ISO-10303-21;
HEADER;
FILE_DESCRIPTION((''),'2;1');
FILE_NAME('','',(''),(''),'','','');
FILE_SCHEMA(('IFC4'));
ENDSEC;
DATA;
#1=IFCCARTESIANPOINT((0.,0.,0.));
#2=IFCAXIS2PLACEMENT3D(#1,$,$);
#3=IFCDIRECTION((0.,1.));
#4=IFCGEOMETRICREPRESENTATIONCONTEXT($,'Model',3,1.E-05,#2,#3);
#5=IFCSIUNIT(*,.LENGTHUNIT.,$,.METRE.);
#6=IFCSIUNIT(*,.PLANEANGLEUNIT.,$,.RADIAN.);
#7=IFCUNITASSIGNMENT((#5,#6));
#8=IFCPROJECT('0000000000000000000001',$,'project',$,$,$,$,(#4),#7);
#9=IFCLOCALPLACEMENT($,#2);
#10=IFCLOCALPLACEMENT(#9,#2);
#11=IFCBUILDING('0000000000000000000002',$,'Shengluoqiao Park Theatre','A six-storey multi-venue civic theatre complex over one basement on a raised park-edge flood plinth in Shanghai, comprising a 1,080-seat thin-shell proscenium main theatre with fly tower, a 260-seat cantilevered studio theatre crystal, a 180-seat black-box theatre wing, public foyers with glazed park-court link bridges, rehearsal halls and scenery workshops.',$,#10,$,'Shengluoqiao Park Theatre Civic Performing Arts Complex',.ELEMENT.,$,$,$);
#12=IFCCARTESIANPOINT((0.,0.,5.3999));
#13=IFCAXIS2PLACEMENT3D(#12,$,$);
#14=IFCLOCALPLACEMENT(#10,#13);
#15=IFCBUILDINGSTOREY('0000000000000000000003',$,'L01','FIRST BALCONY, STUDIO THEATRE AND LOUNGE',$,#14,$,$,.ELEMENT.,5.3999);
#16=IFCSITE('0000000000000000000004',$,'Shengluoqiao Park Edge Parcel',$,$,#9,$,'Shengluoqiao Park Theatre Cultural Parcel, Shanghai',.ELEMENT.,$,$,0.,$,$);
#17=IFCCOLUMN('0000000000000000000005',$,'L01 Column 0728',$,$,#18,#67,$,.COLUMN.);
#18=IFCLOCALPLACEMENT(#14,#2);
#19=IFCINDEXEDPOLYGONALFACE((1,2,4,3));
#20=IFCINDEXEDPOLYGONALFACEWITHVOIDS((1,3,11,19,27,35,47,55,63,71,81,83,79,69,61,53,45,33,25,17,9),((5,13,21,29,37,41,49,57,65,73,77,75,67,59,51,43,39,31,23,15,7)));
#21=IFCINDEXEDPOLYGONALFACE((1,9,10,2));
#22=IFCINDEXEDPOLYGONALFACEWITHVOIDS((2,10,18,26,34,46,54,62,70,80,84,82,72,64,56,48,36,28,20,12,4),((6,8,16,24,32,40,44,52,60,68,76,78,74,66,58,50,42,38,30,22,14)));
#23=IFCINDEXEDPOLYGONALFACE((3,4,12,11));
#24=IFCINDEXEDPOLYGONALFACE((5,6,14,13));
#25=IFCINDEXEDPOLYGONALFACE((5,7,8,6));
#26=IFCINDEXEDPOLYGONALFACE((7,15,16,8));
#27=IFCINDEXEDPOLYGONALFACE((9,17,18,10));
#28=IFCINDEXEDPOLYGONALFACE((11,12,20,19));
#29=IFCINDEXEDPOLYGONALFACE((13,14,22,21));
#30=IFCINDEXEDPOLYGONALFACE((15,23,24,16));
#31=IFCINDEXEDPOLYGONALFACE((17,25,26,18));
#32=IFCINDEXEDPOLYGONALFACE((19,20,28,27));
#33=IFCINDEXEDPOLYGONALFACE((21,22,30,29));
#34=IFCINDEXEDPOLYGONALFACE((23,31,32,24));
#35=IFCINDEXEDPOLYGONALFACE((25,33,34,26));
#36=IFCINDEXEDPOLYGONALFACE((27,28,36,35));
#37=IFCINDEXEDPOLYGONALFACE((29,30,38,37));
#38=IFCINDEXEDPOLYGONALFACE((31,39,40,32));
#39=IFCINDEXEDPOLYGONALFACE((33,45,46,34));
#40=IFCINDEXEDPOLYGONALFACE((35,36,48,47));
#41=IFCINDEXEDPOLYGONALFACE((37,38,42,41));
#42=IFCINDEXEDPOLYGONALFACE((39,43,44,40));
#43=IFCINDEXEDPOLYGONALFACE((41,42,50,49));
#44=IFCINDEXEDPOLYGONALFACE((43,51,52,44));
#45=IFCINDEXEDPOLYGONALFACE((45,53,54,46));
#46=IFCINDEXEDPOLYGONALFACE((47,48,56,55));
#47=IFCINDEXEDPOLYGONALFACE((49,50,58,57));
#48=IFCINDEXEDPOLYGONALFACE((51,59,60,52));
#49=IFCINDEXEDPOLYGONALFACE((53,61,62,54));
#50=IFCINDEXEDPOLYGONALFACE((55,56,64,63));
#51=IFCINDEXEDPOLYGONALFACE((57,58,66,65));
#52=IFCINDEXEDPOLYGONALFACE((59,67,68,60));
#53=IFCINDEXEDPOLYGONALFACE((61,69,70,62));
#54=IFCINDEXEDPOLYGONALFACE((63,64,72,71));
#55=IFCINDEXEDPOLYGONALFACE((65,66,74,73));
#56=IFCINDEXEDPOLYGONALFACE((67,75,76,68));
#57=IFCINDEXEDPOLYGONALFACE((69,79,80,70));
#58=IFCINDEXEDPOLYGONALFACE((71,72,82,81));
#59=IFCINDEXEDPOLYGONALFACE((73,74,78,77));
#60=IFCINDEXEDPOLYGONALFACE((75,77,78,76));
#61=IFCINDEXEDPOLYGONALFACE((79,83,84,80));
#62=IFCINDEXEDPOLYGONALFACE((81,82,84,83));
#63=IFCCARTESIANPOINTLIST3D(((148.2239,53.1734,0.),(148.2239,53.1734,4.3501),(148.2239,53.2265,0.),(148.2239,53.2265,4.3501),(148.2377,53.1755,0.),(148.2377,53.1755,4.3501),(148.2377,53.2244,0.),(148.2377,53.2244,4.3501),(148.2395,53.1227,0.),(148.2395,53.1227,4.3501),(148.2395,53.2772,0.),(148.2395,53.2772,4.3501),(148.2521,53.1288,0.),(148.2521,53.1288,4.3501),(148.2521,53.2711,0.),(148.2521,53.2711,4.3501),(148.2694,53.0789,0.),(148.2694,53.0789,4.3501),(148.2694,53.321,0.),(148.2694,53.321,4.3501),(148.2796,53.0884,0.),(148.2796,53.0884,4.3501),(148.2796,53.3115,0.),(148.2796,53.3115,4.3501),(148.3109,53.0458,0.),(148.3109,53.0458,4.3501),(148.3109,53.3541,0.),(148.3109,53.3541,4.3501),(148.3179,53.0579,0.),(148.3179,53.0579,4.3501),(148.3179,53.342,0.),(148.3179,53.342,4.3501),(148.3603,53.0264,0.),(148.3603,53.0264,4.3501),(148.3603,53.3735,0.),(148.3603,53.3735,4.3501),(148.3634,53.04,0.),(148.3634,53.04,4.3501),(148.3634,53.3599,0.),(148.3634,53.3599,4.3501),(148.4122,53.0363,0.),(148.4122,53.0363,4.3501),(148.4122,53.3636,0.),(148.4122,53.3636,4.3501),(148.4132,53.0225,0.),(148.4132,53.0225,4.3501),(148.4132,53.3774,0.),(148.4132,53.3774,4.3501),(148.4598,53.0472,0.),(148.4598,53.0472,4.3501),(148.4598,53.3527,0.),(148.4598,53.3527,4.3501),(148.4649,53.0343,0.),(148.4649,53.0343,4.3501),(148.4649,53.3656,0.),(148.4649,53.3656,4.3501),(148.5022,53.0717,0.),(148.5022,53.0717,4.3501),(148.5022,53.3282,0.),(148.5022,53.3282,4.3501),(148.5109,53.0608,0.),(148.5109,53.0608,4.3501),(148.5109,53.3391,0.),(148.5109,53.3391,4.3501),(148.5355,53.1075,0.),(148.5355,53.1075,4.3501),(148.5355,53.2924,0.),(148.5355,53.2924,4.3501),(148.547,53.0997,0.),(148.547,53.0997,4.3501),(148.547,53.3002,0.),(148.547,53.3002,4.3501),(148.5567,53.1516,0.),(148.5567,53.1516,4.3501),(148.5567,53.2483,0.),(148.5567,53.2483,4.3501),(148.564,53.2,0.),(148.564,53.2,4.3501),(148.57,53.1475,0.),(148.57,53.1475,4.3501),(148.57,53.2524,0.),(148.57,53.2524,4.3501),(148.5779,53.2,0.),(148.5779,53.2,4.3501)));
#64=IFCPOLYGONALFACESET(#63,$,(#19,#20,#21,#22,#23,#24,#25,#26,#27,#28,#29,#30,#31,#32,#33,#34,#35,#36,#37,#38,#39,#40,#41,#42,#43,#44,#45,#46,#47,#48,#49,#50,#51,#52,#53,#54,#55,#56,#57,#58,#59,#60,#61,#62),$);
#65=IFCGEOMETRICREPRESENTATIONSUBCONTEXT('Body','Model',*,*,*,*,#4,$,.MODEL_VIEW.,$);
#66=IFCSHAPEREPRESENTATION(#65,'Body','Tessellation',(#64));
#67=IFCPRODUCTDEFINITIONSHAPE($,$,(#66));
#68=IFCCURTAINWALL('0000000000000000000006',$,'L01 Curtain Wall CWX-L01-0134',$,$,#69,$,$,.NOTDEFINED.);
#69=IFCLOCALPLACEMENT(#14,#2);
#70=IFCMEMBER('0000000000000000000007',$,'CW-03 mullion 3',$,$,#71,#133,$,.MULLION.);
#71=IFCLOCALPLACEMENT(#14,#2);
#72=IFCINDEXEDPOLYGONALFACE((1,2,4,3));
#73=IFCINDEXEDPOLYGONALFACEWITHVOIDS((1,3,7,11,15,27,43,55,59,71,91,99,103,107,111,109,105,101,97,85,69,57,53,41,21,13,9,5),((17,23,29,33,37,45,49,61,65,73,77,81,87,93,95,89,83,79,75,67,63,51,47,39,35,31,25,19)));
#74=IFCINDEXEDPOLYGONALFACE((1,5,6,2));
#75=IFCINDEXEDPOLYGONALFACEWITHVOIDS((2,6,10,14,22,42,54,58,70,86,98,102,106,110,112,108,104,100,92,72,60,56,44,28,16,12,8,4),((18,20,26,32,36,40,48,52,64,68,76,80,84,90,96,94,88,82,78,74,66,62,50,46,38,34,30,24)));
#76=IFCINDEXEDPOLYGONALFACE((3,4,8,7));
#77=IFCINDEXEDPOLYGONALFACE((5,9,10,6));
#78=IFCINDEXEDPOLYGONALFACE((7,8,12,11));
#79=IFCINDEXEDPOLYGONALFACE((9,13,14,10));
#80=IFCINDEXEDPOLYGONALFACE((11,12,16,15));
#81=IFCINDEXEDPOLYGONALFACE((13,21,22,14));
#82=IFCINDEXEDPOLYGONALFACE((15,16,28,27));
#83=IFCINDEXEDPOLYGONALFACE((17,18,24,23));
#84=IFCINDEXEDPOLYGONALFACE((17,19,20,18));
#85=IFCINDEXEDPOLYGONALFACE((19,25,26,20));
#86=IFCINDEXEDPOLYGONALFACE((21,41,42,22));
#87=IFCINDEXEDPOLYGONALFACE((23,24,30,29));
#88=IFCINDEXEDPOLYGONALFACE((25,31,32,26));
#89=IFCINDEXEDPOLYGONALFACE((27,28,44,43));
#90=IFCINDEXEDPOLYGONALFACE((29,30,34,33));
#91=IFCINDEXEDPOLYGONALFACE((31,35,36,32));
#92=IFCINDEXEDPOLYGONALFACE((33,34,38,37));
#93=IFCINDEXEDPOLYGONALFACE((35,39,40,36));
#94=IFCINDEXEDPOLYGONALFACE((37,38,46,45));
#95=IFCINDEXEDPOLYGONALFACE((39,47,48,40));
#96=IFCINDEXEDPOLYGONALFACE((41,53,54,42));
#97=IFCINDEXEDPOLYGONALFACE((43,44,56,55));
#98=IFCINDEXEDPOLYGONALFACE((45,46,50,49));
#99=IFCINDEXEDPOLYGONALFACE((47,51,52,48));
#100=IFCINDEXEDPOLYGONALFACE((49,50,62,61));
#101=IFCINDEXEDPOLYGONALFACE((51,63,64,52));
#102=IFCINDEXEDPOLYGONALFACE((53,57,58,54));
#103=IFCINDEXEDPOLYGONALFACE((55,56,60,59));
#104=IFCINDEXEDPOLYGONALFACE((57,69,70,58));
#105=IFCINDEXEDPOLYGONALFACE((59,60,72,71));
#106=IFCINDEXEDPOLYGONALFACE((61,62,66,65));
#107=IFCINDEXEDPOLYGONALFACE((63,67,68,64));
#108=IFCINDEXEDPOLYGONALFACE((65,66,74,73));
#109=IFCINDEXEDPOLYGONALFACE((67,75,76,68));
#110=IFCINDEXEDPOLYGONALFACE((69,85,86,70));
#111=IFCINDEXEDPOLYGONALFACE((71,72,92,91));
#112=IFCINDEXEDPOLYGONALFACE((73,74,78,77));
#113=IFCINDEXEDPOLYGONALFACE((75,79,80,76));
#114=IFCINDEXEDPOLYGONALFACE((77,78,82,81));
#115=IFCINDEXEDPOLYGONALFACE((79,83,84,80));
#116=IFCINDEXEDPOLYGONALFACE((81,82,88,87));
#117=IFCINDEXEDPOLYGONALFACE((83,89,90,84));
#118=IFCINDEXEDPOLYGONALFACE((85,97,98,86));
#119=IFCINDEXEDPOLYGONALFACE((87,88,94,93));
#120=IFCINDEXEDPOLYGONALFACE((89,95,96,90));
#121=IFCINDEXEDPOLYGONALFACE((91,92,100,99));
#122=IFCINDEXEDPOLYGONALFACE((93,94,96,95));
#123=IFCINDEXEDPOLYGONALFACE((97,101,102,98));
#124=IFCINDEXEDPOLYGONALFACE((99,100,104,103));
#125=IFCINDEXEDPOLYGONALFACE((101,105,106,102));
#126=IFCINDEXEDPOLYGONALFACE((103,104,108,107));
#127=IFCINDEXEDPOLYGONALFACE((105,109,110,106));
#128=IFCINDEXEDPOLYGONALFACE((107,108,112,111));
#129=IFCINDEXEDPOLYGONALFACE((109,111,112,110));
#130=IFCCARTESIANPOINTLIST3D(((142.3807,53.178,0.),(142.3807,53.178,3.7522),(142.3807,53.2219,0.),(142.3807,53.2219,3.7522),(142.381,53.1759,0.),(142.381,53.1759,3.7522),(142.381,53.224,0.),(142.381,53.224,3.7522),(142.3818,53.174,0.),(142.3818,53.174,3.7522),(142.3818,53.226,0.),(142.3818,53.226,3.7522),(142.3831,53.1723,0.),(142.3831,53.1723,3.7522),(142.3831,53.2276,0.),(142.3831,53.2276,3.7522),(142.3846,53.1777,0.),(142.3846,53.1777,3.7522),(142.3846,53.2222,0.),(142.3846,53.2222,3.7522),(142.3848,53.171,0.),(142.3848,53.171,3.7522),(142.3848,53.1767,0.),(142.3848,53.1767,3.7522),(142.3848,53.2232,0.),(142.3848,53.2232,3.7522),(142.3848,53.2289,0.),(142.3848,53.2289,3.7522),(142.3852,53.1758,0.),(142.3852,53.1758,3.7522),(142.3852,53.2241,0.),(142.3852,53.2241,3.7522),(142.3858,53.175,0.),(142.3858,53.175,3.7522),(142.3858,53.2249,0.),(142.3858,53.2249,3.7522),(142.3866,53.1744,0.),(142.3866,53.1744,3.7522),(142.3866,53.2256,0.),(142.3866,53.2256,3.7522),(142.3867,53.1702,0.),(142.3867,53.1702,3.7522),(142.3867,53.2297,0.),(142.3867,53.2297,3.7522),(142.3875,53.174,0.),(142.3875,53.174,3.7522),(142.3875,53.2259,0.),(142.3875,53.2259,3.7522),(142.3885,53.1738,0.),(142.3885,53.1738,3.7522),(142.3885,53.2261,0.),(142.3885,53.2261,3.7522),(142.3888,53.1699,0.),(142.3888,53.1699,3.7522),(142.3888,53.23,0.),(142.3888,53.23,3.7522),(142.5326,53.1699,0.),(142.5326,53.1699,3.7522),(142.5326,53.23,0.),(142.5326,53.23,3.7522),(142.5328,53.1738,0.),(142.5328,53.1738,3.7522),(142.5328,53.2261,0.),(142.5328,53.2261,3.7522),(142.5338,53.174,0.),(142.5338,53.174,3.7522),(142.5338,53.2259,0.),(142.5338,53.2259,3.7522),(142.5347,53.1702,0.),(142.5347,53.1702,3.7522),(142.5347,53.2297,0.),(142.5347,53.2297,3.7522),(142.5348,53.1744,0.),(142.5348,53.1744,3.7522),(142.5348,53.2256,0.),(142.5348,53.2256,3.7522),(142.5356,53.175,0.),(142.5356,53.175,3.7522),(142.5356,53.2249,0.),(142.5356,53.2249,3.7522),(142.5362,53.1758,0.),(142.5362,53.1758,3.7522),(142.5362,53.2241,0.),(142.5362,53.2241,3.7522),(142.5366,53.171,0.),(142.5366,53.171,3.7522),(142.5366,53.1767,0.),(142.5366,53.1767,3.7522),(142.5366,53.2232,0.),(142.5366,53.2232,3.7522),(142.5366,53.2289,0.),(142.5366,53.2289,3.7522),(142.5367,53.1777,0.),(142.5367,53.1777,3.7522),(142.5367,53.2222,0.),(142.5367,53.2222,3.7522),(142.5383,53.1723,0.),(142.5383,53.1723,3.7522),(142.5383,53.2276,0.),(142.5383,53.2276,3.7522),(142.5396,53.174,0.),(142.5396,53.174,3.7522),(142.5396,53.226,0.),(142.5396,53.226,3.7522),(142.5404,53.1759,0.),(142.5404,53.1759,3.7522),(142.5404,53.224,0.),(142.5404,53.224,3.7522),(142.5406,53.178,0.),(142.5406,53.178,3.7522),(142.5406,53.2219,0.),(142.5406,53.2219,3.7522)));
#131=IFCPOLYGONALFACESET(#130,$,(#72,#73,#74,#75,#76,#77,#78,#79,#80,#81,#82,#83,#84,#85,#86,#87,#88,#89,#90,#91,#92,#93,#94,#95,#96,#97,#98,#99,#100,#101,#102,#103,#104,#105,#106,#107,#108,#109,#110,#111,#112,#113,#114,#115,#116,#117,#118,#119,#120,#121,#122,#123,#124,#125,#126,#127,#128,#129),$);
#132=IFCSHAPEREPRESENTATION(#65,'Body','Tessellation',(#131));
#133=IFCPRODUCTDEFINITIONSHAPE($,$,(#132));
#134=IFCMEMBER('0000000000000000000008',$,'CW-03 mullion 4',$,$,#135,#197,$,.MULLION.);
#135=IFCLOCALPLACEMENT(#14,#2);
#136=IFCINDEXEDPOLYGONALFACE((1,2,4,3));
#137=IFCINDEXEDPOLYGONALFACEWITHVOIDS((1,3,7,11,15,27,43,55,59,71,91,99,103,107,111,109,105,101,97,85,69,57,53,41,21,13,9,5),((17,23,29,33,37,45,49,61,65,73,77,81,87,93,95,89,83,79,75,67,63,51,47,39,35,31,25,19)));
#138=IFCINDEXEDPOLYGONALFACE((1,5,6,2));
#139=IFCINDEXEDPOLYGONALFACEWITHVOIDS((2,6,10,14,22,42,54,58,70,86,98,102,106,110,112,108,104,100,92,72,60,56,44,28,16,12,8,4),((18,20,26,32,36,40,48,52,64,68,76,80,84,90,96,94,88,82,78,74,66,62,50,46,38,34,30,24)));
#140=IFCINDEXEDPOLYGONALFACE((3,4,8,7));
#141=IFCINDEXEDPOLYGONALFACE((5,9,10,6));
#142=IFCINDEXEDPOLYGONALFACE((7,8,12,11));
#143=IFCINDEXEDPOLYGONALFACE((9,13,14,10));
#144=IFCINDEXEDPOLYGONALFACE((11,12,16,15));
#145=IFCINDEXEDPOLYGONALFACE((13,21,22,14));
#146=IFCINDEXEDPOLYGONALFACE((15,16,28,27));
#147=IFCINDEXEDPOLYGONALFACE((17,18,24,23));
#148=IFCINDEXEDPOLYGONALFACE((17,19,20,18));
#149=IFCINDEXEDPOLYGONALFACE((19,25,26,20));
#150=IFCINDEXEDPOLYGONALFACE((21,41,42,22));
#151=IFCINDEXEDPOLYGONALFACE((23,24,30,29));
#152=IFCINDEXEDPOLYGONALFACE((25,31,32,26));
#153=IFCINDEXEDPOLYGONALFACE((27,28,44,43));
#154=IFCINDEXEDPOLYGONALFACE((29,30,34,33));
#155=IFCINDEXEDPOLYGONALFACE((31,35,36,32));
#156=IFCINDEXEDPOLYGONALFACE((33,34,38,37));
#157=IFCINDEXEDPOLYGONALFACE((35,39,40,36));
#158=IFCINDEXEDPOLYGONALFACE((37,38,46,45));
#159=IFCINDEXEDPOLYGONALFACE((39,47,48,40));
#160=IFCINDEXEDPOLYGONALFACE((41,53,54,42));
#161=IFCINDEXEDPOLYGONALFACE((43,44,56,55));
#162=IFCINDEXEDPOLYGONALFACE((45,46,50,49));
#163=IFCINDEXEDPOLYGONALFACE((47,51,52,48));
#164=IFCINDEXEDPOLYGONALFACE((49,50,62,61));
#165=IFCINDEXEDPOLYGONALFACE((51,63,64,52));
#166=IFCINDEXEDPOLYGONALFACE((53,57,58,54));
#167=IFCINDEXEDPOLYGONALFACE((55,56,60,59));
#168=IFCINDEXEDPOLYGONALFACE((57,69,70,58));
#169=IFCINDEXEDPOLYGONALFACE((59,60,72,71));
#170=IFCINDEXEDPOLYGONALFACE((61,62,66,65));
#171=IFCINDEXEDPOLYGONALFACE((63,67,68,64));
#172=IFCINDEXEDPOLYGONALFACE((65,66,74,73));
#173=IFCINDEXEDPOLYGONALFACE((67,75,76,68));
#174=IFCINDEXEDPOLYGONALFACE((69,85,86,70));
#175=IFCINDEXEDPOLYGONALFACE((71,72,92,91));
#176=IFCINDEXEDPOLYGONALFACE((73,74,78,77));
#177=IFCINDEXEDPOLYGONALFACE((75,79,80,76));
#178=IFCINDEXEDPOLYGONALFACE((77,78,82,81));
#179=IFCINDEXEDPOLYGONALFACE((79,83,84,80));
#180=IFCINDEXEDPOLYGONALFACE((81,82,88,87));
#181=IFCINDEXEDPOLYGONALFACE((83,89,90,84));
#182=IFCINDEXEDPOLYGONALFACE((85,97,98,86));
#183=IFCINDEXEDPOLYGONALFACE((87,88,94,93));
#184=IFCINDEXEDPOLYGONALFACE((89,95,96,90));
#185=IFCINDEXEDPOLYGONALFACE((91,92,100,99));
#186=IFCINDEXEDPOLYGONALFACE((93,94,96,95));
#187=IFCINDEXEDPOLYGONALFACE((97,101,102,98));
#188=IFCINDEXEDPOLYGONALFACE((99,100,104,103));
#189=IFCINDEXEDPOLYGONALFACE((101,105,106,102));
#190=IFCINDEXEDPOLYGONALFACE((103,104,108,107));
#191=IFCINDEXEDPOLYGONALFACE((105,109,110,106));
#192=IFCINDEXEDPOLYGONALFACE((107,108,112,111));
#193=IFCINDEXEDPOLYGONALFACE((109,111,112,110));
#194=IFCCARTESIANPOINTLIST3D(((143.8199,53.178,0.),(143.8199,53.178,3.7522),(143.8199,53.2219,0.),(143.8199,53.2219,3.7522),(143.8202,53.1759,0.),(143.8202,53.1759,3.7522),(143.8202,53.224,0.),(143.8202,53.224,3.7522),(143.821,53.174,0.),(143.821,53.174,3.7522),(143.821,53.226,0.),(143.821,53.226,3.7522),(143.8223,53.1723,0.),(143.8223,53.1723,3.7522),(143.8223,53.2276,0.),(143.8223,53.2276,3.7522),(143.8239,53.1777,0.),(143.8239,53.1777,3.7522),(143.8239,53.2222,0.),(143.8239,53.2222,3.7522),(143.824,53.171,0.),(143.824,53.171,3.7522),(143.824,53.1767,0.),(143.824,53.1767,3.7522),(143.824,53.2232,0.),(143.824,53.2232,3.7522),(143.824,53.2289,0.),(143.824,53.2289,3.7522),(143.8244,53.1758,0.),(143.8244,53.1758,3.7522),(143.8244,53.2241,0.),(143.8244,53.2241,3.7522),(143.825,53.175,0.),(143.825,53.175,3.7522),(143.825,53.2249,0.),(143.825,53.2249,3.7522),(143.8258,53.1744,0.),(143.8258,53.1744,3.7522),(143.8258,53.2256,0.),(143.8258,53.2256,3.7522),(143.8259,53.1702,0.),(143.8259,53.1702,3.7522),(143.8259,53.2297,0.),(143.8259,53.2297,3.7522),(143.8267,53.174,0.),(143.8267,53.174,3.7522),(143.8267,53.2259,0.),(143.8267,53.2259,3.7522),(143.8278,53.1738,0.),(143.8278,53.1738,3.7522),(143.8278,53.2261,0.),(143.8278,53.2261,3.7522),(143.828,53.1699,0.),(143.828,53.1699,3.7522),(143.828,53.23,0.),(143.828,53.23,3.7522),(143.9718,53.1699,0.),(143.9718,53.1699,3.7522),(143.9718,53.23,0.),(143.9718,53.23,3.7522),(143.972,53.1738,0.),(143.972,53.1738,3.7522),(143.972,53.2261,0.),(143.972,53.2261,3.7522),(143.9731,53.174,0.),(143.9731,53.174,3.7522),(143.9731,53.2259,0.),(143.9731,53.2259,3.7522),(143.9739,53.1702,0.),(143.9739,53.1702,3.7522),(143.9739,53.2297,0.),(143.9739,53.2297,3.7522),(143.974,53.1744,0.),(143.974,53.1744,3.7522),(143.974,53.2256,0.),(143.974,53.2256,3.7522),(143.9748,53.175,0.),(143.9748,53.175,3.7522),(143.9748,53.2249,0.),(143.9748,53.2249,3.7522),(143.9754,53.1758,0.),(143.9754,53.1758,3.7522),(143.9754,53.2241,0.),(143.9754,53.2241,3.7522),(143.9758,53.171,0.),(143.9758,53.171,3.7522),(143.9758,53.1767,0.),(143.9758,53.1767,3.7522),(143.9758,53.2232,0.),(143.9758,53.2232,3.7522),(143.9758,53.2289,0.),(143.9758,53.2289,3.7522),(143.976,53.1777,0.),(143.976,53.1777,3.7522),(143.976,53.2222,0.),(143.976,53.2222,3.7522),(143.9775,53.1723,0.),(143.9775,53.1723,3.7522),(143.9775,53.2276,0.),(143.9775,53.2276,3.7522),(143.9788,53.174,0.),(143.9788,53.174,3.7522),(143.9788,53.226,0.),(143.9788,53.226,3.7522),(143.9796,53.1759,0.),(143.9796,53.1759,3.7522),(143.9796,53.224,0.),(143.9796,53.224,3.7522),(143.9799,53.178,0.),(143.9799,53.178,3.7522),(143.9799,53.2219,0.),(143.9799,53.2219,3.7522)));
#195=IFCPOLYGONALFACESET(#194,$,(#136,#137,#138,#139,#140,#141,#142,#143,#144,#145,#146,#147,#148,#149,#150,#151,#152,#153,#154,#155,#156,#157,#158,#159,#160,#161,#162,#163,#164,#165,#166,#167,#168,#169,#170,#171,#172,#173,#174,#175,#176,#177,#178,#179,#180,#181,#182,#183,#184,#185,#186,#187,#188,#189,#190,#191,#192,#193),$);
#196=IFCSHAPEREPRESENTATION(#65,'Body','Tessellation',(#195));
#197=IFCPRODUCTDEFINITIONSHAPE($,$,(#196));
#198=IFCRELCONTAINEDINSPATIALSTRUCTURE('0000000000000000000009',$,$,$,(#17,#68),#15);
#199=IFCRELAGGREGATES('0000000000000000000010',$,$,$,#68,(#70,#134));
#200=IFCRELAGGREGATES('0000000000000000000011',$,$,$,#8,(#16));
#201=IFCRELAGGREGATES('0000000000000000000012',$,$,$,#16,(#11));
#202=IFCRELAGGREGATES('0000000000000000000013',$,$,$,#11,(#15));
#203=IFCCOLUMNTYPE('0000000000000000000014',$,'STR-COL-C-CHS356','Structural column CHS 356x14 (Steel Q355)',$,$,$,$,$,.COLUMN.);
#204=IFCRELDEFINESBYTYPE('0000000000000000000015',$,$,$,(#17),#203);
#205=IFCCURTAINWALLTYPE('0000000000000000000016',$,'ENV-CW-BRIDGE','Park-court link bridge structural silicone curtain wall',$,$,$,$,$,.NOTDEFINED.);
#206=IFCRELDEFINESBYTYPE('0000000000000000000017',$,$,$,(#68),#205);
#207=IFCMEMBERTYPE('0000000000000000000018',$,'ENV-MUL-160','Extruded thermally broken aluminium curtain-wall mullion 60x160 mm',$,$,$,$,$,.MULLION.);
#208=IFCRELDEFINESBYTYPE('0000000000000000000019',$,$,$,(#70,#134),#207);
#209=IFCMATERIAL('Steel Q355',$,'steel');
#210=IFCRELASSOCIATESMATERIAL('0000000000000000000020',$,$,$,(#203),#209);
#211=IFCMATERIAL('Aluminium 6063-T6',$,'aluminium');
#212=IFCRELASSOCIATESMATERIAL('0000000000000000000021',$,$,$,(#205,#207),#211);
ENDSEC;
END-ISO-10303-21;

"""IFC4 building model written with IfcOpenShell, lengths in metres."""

from ifc_helpers import new_model, si_unit, direction, frame, origin, origin_2d, place, context, subcontext, project, spatial, hollow_rectangle, hollow_circle, extrude, material, material_profile, profile_set, type_object, element, aggregate, save


model = new_model("IFC4")

# Units and contexts
model_context = context("Model", 3, precision=1e-05, world=origin(), true_north=direction((0.0, 1.0)))
body_context = subcontext(model_context, "Body", "Model", "MODEL_VIEW")
ifc_project = project(units=[si_unit("LENGTHUNIT", "METRE"), si_unit("PLANEANGLEUNIT", "RADIAN")], contexts=[model_context])

# Site, building, storey
site_placement = place(None, origin())
site = spatial("IfcSite", under=ifc_project, at=site_placement, Name="Shengluoqiao Park Edge Parcel", LongName="Shengluoqiao Park Theatre Cultural Parcel, Shanghai", CompositionType="ELEMENT", RefElevation=0.0)
building_placement = place(site_placement, origin())
building = spatial("IfcBuilding", under=site, at=building_placement, Name="Shengluoqiao Park Theatre", Description="A six-storey multi-venue civic theatre complex over one basement on a raised park-edge flood plinth in Shanghai, comprising a 1,080-seat thin-shell proscenium main theatre with fly tower, a 260-seat cantilevered studio theatre crystal, a 180-seat black-box theatre wing, public foyers with glazed park-court link bridges, rehearsal halls and scenery workshops.", LongName="Shengluoqiao Park Theatre Civic Performing Arts Complex", CompositionType="ELEMENT")
storey_placement = place(building_placement, frame((0.0, 0.0, 5.3999)))
storey = spatial("IfcBuildingStorey", under=building, at=storey_placement, Name="L01", Description="FIRST BALCONY, STUDIO THEATRE AND LOUNGE", CompositionType="ELEMENT", Elevation=5.3999)

# Column
ifc_material_1 = material(Name="Steel Q355", Category="steel")
ifc_material_profile_1 = material_profile(ifc_material_1, hollow_circle(Radius=0.178, WallThickness=0.0139, at=origin_2d()), Name="CHS 356x14")
ifc_profile_set_1 = profile_set([ifc_material_profile_1], Name="Steel Q355")
column_type = type_object("IfcColumnType", Name="STR-COL-C-CHS356", Description="Structural column CHS 356x14 (Steel Q355)", PredefinedType="COLUMN", material=ifc_profile_set_1)
column_placement = place(storey_placement, frame((148.3999, 53.2, 0.0), z_axis=(0.0, 0.0, 1.0), x_axis=(1.0, 0.0, 0.0)))
element("IfcColumn", 1, at=column_placement, inside=storey, type_object=column_type, Name="L01 Column 0728", PredefinedType="COLUMN", context=body_context, shape_type="SweptSolid", body=[
    extrude(hollow_circle(Radius=0.178, WallThickness=0.0139, at=origin_2d()), origin(), (0.0, 0.0, 1.0), 4.3501),
])

# Curtain wall, members
ifc_material_2 = material(Name="Aluminium 6063-T6", Category="aluminium")
curtain_wall_type = type_object("IfcCurtainWallType", Name="ENV-CW-BRIDGE", Description="Park-court link bridge structural silicone curtain wall", PredefinedType="NOTDEFINED", material=ifc_material_2)
curtain_wall_1_placement = place(storey_placement, origin())
curtain_wall_1 = element("IfcCurtainWall", 2, at=curtain_wall_1_placement, inside=storey, type_object=curtain_wall_type, Name="L01 Curtain Wall CWX-L01-0134", PredefinedType="NOTDEFINED")
ifc_material_profile_2 = material_profile(ifc_material_2, hollow_rectangle(XDim=0.0601, YDim=0.1599, WallThickness=0.0039, InnerFilletRadius=0.0039, OuterFilletRadius=0.0081, at=origin_2d()), Name="ALU MULLION 160x60x4")
ifc_profile_set_2 = profile_set([ifc_material_profile_2], Name="Aluminium 6063-T6")
member_type_1 = type_object("IfcMemberType", Name="ENV-MUL-160", Description="Extruded thermally broken aluminium curtain-wall mullion 60x160 mm", PredefinedType="MULLION", material=ifc_profile_set_2)
member_1_placement = place(storey_placement, frame((142.4607, 53.2, 0.0), z_axis=(0.0, 0.0, 1.0), x_axis=(0.0, 1.0, 0.0)))
member_1 = element("IfcMember", 3, at=member_1_placement, type_object=member_type_1, Name="CW-03 mullion 3", PredefinedType="MULLION", context=body_context, shape_type="SweptSolid", body=[
    extrude(hollow_rectangle(XDim=0.0601, YDim=0.1599, WallThickness=0.0039, InnerFilletRadius=0.0039, OuterFilletRadius=0.0081, at=origin_2d()), origin(), (0.0, 0.0, 1.0), 3.7522),
])
member_2_placement = place(storey_placement, frame((143.8999, 53.2, 0.0), z_axis=(0.0, 0.0, 1.0), x_axis=(0.0, 1.0, 0.0)))
member_2 = element("IfcMember", 4, at=member_2_placement, type_object=member_type_1, Name="CW-03 mullion 4", PredefinedType="MULLION", context=body_context, shape_type="SweptSolid", body=[
    extrude(hollow_rectangle(XDim=0.0601, YDim=0.1599, WallThickness=0.0039, InnerFilletRadius=0.0039, OuterFilletRadius=0.0081, at=origin_2d()), origin(), (0.0, 0.0, 1.0), 3.7522),
])

aggregate(curtain_wall_1, [member_1, member_2])

save(model, "model.ifc")
